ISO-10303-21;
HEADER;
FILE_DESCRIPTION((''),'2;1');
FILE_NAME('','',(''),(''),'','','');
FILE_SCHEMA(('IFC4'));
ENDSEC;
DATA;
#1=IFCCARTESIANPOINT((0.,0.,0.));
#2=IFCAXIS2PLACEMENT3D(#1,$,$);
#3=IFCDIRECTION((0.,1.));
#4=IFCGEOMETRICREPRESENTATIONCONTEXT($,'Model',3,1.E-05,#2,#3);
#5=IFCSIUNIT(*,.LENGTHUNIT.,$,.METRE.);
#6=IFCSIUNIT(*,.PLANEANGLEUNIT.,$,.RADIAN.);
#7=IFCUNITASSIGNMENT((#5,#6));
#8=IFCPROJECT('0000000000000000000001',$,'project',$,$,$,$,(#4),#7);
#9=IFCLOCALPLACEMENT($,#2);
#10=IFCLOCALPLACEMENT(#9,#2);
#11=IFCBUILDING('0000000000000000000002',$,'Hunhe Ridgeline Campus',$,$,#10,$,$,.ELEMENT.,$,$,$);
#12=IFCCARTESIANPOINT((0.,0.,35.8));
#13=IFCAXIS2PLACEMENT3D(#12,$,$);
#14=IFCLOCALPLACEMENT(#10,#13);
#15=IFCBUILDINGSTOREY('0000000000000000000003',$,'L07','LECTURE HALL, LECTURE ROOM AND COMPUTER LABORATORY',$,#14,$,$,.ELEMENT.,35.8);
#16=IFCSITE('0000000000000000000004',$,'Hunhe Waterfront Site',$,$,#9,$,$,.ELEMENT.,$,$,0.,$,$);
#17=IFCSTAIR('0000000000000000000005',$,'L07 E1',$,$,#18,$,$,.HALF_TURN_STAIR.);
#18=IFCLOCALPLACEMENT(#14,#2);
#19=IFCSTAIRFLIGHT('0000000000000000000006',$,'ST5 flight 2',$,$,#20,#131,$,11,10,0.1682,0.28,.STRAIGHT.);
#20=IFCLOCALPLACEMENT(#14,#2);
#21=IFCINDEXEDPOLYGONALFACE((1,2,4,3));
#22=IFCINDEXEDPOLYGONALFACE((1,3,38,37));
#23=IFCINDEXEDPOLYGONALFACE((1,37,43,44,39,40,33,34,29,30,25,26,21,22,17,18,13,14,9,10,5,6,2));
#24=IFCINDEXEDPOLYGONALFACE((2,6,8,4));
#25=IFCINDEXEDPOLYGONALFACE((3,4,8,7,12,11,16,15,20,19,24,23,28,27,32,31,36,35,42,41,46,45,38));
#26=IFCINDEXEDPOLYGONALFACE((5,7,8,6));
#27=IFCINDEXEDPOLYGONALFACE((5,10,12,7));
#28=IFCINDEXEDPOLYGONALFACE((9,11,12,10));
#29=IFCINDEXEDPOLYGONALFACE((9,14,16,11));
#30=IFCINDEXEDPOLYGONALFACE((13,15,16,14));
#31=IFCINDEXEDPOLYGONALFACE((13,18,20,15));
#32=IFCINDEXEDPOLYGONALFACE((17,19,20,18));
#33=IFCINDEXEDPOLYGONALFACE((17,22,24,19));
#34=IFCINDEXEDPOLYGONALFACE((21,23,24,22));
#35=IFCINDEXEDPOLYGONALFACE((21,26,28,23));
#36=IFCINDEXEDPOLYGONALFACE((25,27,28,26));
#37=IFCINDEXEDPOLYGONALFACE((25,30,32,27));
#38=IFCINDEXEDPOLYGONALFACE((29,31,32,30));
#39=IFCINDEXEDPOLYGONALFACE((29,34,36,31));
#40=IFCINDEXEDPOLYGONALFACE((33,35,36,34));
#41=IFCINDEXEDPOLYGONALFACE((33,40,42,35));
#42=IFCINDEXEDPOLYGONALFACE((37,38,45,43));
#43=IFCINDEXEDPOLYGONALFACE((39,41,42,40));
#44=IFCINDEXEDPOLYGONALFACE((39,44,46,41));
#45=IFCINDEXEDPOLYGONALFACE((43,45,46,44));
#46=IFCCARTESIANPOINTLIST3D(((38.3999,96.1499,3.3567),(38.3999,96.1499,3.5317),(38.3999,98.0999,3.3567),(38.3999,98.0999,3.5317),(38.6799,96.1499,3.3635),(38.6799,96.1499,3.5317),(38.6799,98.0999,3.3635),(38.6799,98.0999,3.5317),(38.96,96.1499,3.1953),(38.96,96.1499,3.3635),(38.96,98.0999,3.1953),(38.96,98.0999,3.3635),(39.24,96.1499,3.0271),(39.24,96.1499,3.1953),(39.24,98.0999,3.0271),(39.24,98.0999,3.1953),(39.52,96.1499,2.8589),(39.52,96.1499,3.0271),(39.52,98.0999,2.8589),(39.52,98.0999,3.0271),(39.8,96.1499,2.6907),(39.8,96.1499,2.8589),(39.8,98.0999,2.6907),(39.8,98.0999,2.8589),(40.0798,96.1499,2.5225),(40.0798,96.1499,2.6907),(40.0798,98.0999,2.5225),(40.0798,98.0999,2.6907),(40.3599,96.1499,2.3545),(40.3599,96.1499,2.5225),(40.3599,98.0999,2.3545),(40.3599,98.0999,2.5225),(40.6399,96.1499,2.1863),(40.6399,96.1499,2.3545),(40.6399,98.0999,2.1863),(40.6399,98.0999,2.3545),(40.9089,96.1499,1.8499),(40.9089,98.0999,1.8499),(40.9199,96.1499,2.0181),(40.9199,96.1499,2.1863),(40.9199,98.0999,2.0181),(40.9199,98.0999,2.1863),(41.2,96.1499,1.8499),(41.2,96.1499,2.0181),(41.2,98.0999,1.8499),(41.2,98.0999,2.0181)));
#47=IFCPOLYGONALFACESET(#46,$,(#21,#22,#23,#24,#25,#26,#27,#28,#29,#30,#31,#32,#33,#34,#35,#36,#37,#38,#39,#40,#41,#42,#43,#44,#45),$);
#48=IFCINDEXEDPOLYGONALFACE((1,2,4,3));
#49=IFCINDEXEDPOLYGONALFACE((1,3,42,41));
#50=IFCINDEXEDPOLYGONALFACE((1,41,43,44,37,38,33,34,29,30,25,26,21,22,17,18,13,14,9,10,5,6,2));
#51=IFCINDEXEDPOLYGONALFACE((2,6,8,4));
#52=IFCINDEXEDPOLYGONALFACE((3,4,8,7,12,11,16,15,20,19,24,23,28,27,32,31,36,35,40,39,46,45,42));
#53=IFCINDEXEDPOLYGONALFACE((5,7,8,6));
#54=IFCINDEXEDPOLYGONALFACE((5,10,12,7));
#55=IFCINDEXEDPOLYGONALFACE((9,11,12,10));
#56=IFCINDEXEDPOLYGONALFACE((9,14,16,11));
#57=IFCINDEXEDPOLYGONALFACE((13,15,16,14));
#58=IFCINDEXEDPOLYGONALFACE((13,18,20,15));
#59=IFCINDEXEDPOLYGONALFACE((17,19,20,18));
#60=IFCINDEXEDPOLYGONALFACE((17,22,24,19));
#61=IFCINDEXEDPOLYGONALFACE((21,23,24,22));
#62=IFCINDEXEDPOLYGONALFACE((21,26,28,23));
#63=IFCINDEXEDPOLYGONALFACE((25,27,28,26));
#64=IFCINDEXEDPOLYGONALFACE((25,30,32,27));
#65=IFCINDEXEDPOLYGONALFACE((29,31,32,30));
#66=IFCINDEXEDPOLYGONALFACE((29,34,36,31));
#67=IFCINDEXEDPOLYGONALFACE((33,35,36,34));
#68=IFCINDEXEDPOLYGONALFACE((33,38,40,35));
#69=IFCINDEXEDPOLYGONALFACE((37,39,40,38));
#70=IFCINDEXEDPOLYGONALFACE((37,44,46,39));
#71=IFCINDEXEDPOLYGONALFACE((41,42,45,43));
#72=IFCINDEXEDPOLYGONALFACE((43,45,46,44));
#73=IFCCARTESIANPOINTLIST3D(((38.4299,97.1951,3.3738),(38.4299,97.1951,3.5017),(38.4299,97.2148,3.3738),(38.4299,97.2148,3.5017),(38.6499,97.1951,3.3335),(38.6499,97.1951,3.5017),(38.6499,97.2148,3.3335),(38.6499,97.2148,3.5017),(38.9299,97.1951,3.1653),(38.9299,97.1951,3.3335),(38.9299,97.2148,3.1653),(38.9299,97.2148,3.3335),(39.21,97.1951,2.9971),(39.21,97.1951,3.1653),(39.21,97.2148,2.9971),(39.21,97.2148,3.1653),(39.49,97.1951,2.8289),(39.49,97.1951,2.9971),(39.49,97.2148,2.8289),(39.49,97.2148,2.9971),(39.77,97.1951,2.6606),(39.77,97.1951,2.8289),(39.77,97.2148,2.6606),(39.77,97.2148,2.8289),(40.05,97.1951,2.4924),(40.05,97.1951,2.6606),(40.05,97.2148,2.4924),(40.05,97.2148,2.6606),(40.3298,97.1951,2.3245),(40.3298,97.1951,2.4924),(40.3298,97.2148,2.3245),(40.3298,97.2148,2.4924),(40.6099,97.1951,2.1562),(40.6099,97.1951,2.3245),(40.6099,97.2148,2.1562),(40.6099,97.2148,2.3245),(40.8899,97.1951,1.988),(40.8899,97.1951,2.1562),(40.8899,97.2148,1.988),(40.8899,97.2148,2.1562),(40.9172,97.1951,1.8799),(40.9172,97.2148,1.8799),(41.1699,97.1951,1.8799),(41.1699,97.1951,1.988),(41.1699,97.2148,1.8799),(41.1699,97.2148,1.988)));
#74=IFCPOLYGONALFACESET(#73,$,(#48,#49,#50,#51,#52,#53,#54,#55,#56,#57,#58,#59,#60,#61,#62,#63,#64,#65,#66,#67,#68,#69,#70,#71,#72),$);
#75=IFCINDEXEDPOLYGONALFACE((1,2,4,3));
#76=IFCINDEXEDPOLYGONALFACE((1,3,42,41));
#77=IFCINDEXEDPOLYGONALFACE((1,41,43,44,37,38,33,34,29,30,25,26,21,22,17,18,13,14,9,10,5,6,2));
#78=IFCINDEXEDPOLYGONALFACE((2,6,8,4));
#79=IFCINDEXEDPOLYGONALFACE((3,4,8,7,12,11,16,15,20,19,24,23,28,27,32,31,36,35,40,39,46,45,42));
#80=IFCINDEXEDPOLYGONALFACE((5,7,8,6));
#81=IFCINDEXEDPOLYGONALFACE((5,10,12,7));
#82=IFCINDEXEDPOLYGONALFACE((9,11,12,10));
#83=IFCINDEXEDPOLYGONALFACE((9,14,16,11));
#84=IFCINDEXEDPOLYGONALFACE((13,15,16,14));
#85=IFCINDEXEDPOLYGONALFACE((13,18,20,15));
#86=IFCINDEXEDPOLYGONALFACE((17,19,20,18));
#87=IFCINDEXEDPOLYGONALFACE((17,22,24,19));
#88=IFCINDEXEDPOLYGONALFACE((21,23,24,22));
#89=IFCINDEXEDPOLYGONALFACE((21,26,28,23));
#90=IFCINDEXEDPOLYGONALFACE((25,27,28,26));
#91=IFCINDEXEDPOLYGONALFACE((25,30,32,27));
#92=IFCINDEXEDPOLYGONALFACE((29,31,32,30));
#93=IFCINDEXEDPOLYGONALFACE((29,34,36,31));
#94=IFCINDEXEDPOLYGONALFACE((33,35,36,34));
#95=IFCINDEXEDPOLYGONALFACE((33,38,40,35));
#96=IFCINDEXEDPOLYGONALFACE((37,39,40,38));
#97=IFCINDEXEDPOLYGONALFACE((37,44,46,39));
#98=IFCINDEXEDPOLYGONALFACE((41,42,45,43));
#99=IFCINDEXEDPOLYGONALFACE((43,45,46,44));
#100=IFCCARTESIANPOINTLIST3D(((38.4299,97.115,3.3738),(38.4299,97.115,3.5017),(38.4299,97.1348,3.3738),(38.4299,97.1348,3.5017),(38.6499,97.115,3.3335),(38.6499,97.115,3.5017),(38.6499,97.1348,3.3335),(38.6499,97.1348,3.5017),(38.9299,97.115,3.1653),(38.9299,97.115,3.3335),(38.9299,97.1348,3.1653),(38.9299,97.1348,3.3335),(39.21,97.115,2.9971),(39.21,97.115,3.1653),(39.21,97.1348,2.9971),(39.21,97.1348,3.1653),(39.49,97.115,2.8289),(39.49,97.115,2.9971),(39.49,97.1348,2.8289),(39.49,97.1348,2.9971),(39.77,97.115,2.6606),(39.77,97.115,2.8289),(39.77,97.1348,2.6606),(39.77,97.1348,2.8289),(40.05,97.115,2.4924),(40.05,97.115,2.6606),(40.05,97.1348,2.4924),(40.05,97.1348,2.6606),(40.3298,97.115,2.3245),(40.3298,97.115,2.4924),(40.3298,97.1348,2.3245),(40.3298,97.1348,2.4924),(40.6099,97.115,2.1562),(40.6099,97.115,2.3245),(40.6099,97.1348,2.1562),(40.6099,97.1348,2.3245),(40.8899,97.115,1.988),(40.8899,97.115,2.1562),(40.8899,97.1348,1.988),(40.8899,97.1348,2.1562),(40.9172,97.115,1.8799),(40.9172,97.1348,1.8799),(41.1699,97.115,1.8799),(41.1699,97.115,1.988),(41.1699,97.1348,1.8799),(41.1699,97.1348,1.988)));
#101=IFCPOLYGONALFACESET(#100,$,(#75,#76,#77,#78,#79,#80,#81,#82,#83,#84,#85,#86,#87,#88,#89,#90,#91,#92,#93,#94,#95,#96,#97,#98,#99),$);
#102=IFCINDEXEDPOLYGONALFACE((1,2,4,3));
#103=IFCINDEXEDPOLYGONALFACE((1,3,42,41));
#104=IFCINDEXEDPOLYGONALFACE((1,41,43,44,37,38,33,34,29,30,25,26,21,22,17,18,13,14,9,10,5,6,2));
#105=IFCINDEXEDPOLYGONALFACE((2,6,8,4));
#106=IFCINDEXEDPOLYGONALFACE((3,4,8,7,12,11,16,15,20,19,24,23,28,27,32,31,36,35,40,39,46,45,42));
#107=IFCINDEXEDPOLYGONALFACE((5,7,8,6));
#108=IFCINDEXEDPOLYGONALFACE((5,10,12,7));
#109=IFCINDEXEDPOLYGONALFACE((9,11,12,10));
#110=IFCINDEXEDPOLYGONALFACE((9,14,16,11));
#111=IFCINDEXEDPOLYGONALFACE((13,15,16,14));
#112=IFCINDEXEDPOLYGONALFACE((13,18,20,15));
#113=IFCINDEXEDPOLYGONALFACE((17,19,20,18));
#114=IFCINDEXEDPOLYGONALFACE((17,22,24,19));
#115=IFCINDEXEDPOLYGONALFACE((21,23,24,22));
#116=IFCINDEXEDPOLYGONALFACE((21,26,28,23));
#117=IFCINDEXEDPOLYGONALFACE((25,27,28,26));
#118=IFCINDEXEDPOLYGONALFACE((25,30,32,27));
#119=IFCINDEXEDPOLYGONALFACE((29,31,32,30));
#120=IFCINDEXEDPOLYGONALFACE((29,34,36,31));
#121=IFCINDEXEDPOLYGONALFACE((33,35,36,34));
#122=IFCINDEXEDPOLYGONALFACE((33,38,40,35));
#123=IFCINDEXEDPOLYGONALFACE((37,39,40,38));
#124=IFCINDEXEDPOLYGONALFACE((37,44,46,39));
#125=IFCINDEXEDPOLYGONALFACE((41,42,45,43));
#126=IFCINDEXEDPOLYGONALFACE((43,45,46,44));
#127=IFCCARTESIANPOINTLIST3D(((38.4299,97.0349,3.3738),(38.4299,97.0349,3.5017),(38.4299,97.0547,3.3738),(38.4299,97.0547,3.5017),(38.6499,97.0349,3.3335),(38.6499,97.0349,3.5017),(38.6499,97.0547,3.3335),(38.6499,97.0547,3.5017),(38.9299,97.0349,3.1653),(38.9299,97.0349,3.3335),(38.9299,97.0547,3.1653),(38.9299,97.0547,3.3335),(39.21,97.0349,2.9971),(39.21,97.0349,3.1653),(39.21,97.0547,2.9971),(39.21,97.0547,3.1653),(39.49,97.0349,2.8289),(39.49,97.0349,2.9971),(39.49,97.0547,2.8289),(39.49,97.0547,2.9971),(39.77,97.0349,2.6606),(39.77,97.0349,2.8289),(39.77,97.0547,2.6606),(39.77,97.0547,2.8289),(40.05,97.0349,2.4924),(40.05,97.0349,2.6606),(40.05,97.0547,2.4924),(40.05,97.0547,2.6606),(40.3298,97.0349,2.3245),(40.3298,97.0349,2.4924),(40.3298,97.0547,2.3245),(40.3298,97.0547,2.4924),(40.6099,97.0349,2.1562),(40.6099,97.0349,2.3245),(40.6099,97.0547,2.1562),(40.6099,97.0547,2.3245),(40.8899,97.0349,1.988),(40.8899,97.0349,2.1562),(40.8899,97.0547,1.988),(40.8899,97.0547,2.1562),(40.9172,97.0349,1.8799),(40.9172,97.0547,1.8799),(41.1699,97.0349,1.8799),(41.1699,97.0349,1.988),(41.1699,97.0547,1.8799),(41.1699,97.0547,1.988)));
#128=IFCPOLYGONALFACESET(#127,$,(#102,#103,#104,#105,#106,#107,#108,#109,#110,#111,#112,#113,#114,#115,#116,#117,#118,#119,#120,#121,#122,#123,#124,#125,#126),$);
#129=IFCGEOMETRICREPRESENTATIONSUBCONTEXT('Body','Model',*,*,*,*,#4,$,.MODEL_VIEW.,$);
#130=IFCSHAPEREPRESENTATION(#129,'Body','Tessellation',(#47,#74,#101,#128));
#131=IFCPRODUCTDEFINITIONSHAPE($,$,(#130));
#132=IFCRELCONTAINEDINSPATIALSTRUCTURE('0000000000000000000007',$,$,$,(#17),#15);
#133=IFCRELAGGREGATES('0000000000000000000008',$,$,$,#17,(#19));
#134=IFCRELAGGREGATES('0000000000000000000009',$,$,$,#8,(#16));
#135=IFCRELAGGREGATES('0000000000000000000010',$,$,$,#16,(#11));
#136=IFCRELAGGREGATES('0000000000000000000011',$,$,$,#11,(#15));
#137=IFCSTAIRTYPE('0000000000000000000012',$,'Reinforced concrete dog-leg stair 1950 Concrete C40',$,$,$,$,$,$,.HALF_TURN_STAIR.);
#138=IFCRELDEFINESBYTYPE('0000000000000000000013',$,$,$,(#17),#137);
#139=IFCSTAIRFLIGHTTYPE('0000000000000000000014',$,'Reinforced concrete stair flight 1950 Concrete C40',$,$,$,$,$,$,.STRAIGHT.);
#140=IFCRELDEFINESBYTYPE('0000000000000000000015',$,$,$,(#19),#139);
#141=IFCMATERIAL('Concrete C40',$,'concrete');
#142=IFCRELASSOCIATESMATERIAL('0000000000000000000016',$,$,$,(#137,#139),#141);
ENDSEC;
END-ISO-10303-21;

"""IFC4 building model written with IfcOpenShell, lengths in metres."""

from ifc_helpers import new_model, si_unit, direction, frame, origin, place, context, subcontext, project, spatial, polyline, outline, extrude, material, type_object, element, aggregate, save


model = new_model("IFC4")

# Units and contexts
model_context = context("Model", 3, precision=1e-05, world=origin(), true_north=direction((0.0, 1.0)))
body_context = subcontext(model_context, "Body", "Model", "MODEL_VIEW")
ifc_project = project(units=[si_unit("LENGTHUNIT", "METRE"), si_unit("PLANEANGLEUNIT", "RADIAN")], contexts=[model_context])

# Site, building, storey
site_placement = place(None, origin())
site = spatial("IfcSite", under=ifc_project, at=site_placement, Name="Hunhe Waterfront Site", CompositionType="ELEMENT", RefElevation=0.0)
building_placement = place(site_placement, origin())
building = spatial("IfcBuilding", under=site, at=building_placement, Name="Hunhe Ridgeline Campus", CompositionType="ELEMENT")
storey_placement = place(building_placement, frame((0.0, 0.0, 35.8)))
storey = spatial("IfcBuildingStorey", under=building, at=storey_placement, Name="L07", Description="LECTURE HALL, LECTURE ROOM AND COMPUTER LABORATORY", CompositionType="ELEMENT", Elevation=35.8)

# Stair, stair flight
ifc_material_1 = material(Name="Concrete C40", Category="concrete")
stair_type = type_object("IfcStairType", Name="Reinforced concrete dog-leg stair 1950 Concrete C40", PredefinedType="HALF_TURN_STAIR", material=ifc_material_1)
stair_1_placement = place(storey_placement, origin())
stair_1 = element("IfcStair", 1, at=stair_1_placement, inside=storey, type_object=stair_type, Name="L07 E1", PredefinedType="HALF_TURN_STAIR")
stair_flight_type = type_object("IfcStairFlightType", Name="Reinforced concrete stair flight 1950 Concrete C40", PredefinedType="STRAIGHT", material=ifc_material_1)
stair_flight_1_placement = place(storey_placement, frame((41.2, 97.125, 1.8499), z_axis=(0.0, 0.0, 1.0), x_axis=(-1.0, 0.0, 0.0)))
stair_flight_1 = element("IfcStairFlight", 2, at=stair_flight_1_placement, type_object=stair_flight_type, Name="ST5 flight 2", NumberOfRisers=11, NumberOfTreads=10, PredefinedType="STRAIGHT", RiserHeight=0.1682, TreadLength=0.28, context=body_context, shape_type="SweptSolid", body=[
    extrude(outline(polyline([(0.0, 0.0), (0.0, 0.1682), (0.28, 0.1682), (0.28, 0.3364), (0.5601, 0.3364), (0.5601, 0.5046), (0.8401, 0.5046), (0.8401, 0.6726), (1.1201, 0.6726), (1.1201, 0.8408), (1.3999, 0.8408), (1.3999, 1.009), (1.6799, 1.009), (1.6799, 1.1772), (1.96, 1.1772), (1.96, 1.3455), (2.24, 1.3455), (2.24, 1.5137), (2.52, 1.5137), (2.52, 1.6819), (2.8, 1.6819), (2.8, 1.8501), (2.8, 1.5068), (0.291, 0.0), (0.0, 0.0)])), frame((0.0, 0.9751, 0.0), z_axis=(0.0, -1.0, 0.0), x_axis=(1.0, 0.0, 0.0)), (0.0, 0.0, 1.0), 1.95),
    extrude(outline(polyline([(0.03, 0.03), (0.03, 0.1382), (0.3101, 0.1382), (0.3101, 0.3064), (0.5901, 0.3064), (0.5901, 0.4746), (0.8701, 0.4746), (0.8701, 0.6426), (1.1499, 0.6426), (1.1499, 0.8108), (1.4299, 0.8108), (1.4299, 0.979), (1.71, 0.979), (1.71, 1.1472), (1.99, 1.1472), (1.99, 1.3154), (2.27, 1.3154), (2.27, 1.4836), (2.55, 1.4836), (2.55, 1.6519), (2.77, 1.6519), (2.77, 1.5239), (0.2827, 0.03), (0.03, 0.03)])), frame((0.0, -0.0701, 0.0), z_axis=(0.0, -1.0, 0.0), x_axis=(1.0, 0.0, 0.0)), (0.0, 0.0, 1.0), 0.0198),
    extrude(outline(polyline([(0.03, 0.03), (0.03, 0.1382), (0.3101, 0.1382), (0.3101, 0.3064), (0.5901, 0.3064), (0.5901, 0.4746), (0.8701, 0.4746), (0.8701, 0.6426), (1.1499, 0.6426), (1.1499, 0.8108), (1.4299, 0.8108), (1.4299, 0.979), (1.71, 0.979), (1.71, 1.1472), (1.99, 1.1472), (1.99, 1.3154), (2.27, 1.3154), (2.27, 1.4836), (2.55, 1.4836), (2.55, 1.6519), (2.77, 1.6519), (2.77, 1.5239), (0.2827, 0.03), (0.03, 0.03)])), frame((0.0, 0.01, 0.0), z_axis=(0.0, -1.0, 0.0), x_axis=(1.0, 0.0, 0.0)), (0.0, 0.0, 1.0), 0.0198),
    extrude(outline(polyline([(0.03, 0.03), (0.03, 0.1382), (0.3101, 0.1382), (0.3101, 0.3064), (0.5901, 0.3064), (0.5901, 0.4746), (0.8701, 0.4746), (0.8701, 0.6426), (1.1499, 0.6426), (1.1499, 0.8108), (1.4299, 0.8108), (1.4299, 0.979), (1.71, 0.979), (1.71, 1.1472), (1.99, 1.1472), (1.99, 1.3154), (2.27, 1.3154), (2.27, 1.4836), (2.55, 1.4836), (2.55, 1.6519), (2.77, 1.6519), (2.77, 1.5239), (0.2827, 0.03), (0.03, 0.03)])), frame((0.0, 0.0901, 0.0), z_axis=(0.0, -1.0, 0.0), x_axis=(1.0, 0.0, 0.0)), (0.0, 0.0, 1.0), 0.0198),
])
aggregate(stair_1, [stair_flight_1])

save(model, "model.ifc")
